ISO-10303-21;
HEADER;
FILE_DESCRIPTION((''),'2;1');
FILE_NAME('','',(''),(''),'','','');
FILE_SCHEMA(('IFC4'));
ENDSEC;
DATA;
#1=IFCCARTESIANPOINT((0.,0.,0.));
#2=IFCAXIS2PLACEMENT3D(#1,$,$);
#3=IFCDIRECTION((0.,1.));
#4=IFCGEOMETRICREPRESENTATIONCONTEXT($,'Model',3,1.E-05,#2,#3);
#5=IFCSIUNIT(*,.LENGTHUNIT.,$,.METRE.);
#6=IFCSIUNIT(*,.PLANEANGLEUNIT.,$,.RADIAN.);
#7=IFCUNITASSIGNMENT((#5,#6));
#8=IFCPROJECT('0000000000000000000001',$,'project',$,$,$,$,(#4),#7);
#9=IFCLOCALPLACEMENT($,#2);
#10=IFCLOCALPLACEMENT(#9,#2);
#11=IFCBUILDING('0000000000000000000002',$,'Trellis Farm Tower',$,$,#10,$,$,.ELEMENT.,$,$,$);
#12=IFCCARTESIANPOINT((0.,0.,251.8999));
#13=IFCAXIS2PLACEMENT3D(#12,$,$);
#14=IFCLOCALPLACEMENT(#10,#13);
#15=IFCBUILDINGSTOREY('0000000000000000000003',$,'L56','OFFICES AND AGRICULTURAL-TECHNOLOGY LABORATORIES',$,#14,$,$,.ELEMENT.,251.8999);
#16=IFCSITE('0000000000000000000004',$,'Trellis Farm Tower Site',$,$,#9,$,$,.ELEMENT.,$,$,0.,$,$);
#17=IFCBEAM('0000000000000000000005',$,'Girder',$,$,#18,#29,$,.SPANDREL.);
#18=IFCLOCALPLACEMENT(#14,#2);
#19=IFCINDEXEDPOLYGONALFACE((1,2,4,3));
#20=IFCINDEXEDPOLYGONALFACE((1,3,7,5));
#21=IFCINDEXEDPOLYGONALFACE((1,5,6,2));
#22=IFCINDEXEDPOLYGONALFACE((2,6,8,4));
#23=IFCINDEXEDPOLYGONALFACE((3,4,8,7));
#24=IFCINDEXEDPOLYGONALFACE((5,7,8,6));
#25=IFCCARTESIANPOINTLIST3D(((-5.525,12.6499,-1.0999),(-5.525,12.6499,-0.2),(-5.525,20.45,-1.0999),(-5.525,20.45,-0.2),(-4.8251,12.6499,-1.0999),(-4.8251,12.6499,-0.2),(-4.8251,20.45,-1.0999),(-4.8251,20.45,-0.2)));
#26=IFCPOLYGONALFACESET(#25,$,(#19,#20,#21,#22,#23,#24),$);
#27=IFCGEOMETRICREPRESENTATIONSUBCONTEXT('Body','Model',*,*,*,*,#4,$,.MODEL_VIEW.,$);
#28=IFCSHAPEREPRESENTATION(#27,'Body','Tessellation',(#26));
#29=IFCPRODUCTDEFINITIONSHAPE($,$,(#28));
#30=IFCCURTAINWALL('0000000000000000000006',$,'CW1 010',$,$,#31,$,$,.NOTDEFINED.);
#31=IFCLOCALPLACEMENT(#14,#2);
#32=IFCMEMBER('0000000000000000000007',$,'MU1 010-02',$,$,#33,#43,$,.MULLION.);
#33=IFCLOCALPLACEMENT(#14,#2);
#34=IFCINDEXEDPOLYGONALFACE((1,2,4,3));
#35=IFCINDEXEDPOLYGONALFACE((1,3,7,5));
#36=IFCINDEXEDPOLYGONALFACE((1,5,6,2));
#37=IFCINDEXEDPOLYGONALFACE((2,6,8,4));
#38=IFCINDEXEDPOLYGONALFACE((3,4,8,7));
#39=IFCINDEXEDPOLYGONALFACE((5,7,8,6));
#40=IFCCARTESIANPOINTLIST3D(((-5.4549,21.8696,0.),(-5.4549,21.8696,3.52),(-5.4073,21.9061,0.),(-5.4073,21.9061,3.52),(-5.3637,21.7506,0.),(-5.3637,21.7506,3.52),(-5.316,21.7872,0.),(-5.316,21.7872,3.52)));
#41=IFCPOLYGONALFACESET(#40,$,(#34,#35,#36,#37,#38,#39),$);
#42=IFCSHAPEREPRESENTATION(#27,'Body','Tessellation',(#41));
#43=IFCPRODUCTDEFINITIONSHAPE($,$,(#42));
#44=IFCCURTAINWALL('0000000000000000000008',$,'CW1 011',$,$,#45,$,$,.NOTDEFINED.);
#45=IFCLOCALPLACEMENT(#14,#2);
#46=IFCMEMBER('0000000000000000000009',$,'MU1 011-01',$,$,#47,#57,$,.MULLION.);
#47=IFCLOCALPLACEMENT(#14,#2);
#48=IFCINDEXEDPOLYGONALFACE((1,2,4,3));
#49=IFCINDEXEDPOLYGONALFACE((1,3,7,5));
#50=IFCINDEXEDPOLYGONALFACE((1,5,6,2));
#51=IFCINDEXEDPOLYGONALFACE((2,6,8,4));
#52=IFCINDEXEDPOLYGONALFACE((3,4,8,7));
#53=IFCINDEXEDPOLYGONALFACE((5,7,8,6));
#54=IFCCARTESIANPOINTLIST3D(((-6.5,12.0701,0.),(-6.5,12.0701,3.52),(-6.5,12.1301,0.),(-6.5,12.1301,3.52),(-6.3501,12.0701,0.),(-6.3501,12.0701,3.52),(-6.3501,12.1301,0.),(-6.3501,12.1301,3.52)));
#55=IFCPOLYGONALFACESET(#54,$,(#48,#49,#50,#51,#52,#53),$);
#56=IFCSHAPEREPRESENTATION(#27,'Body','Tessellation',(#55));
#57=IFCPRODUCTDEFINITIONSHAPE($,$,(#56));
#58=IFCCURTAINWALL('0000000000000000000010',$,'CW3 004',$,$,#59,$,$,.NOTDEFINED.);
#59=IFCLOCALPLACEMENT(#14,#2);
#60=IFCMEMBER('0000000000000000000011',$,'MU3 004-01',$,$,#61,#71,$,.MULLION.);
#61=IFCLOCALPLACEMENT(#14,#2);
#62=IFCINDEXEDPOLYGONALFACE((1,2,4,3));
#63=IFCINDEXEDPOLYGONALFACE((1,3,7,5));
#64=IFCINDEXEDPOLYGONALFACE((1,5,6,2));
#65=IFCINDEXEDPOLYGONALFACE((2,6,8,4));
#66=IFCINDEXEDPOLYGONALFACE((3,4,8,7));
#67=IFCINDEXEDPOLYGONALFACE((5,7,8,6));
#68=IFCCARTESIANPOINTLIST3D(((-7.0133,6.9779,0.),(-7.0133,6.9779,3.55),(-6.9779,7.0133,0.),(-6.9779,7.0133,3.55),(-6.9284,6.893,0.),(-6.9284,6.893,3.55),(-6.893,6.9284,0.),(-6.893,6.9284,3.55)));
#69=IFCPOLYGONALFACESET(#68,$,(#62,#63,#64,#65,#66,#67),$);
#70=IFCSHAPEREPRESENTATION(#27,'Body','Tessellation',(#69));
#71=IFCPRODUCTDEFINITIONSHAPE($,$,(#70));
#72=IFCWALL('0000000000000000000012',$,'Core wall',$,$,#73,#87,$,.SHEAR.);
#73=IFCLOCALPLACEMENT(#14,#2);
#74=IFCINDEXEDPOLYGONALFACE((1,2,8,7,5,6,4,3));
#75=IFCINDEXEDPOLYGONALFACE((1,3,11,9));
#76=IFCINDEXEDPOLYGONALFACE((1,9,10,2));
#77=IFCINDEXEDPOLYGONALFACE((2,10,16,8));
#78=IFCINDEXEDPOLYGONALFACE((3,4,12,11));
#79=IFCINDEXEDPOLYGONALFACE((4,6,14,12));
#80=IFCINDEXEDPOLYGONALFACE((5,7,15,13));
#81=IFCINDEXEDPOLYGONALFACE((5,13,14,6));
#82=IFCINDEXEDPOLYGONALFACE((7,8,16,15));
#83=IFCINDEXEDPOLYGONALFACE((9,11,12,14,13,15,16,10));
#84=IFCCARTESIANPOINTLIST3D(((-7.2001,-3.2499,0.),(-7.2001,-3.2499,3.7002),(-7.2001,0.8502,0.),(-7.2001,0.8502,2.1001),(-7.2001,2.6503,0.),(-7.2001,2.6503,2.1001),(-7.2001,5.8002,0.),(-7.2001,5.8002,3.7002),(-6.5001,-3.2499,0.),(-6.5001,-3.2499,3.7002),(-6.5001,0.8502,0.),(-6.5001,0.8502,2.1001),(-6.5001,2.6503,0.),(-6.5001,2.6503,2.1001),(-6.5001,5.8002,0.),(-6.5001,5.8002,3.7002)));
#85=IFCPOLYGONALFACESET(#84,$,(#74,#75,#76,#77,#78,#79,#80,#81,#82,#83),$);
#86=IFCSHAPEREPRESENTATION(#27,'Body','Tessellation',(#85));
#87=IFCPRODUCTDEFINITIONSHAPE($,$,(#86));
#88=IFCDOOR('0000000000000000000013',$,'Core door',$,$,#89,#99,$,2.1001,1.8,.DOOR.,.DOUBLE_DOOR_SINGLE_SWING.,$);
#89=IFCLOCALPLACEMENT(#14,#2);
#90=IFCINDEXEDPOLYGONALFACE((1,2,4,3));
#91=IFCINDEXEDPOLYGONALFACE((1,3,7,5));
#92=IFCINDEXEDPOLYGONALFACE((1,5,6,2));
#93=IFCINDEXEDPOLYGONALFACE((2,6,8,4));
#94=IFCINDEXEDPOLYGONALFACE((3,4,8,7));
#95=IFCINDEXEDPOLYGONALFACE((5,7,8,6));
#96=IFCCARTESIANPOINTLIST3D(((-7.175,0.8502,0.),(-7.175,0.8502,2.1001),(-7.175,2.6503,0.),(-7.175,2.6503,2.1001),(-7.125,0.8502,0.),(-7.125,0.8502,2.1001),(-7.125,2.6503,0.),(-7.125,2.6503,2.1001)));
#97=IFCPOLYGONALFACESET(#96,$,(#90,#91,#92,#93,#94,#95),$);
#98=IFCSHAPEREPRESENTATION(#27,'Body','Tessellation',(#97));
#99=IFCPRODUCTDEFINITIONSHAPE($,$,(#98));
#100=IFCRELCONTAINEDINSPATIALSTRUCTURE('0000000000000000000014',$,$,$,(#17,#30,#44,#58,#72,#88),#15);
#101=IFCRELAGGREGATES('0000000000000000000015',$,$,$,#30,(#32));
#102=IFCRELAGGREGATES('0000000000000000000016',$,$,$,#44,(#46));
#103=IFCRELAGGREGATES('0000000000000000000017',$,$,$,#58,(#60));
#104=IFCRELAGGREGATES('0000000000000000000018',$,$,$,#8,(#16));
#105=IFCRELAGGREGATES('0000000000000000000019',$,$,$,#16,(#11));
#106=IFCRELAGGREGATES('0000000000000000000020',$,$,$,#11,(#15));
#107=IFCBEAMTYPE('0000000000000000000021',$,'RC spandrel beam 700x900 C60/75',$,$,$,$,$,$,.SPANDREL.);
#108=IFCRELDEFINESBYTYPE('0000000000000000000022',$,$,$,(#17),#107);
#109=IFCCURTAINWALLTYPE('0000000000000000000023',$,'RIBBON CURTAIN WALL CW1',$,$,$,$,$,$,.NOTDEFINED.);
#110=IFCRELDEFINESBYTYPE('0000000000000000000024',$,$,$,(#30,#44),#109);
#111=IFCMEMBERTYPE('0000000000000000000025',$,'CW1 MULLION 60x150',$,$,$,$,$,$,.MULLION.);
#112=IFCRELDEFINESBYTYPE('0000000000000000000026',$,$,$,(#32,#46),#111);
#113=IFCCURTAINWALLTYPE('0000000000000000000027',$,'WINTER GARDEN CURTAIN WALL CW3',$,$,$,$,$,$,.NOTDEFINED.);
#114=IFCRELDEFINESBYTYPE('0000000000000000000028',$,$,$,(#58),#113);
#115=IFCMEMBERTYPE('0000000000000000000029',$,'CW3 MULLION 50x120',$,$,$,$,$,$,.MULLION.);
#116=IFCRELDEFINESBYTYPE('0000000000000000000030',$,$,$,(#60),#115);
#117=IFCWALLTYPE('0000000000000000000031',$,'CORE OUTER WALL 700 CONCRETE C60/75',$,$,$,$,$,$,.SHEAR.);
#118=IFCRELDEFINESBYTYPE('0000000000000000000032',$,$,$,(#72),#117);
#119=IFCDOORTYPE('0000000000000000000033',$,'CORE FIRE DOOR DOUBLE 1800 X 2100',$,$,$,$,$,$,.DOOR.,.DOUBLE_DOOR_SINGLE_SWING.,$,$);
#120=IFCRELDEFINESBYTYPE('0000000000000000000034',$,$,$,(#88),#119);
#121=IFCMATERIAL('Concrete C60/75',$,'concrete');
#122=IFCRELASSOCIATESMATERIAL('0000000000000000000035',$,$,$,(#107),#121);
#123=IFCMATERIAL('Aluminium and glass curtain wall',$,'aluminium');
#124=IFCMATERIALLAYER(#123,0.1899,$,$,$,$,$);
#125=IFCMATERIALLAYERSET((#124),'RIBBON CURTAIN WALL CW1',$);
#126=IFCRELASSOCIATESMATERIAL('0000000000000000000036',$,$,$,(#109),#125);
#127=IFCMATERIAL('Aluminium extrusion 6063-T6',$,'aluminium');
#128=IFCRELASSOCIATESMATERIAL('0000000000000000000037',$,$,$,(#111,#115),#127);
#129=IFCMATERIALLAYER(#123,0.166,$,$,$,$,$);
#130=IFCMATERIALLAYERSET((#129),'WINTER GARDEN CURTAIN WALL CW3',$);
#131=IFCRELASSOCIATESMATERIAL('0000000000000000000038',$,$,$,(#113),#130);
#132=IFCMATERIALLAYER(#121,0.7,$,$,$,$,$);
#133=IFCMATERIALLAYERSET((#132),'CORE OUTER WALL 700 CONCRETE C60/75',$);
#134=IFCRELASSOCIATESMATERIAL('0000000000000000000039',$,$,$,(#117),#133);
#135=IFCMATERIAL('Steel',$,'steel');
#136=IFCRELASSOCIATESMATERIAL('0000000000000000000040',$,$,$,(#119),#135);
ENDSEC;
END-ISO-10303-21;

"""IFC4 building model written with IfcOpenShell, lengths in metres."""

from ifc_helpers import new_model, si_unit, direction, frame, frame_2d, origin, origin_2d, place, context, subcontext, project, spatial, rectangle, extrude, source, transform, mapped, material, layer, layer_set, material_profile, profile_set, type_object, element, fill, aggregate, save


model = new_model("IFC4")

# Units and contexts
model_context = context("Model", 3, precision=1e-05, world=origin(), true_north=direction((0.0, 1.0)))
body_context = subcontext(model_context, "Body", "Model", "MODEL_VIEW")
ifc_project = project(units=[si_unit("LENGTHUNIT", "METRE"), si_unit("PLANEANGLEUNIT", "RADIAN")], contexts=[model_context])

# Site, building, storey
site_placement = place(None, origin())
site = spatial("IfcSite", under=ifc_project, at=site_placement, Name="Trellis Farm Tower Site", CompositionType="ELEMENT", RefElevation=0.0)
building_placement = place(site_placement, origin())
building = spatial("IfcBuilding", under=site, at=building_placement, Name="Trellis Farm Tower", CompositionType="ELEMENT")
storey_placement = place(building_placement, frame((0.0, 0.0, 251.8999)))
storey = spatial("IfcBuildingStorey", under=building, at=storey_placement, Name="L56", Description="OFFICES AND AGRICULTURAL-TECHNOLOGY LABORATORIES", CompositionType="ELEMENT", Elevation=251.8999)

# Shared definitions
ifc_material_1 = material(Name="Concrete C60/75", Category="concrete")

# Beam
ifc_material_profile_1 = material_profile(ifc_material_1, rectangle(XDim=0.7, YDim=0.8999, at=origin_2d()), Name="RC spandrel beam 700x900 C60/75")
ifc_profile_set_1 = profile_set([ifc_material_profile_1], Name="Concrete C60/75")
beam_type_1 = type_object("IfcBeamType", Name="RC spandrel beam 700x900 C60/75", PredefinedType="SPANDREL", material=ifc_profile_set_1)
shared_shape_1 = source(origin(), body_context, "Body", "SweptSolid", [
    extrude(rectangle(XDim=0.7, YDim=0.8999, at=origin_2d()), origin(), (0.0, 0.0, 1.0), 7.8),
])
beam_1_placement = place(storey_placement, frame((-5.175, 12.6499, -0.6499), z_axis=(0.0, 1.0, 0.0), x_axis=(-1.0, 0.0, 0.0)))
element("IfcBeam", 1, at=beam_1_placement, inside=storey, type_object=beam_type_1, Name="Girder", PredefinedType="SPANDREL", context=body_context, shape_type="MappedRepresentation", body=[
    mapped(shared_shape_1, transform((0.0, 0.0, 0.0))),
])

# Curtain walls, members
ifc_material_2 = material(Name="Aluminium and glass curtain wall", Category="aluminium")
ifc_layer_1 = layer(ifc_material_2, 0.1899)
ifc_layer_set_1 = layer_set([ifc_layer_1], Name="RIBBON CURTAIN WALL CW1")
curtain_wall_type_1 = type_object("IfcCurtainWallType", Name="RIBBON CURTAIN WALL CW1", PredefinedType="NOTDEFINED", material=ifc_layer_set_1)
placement = place(storey_placement, origin())
curtain_wall_1 = element("IfcCurtainWall", 2, at=placement, inside=storey, type_object=curtain_wall_type_1, Name="CW1 010", PredefinedType="NOTDEFINED")
ifc_material_3 = material(Name="Aluminium extrusion 6063-T6", Category="aluminium")
ifc_material_profile_2 = material_profile(ifc_material_3, rectangle(XDim=0.0601, YDim=0.1499, at=origin_2d()), Name="MULLION 60x150")
ifc_profile_set_2 = profile_set([ifc_material_profile_2], Name="Aluminium extrusion 6063-T6")
member_type_1 = type_object("IfcMemberType", Name="CW1 MULLION 60x150", PredefinedType="MULLION", material=ifc_profile_set_2)
shared_shape_2 = source(origin(), body_context, "Body", "SweptSolid", [
    extrude(rectangle(XDim=0.0601, YDim=0.1499, at=origin_2d()), origin(), (0.0, 0.0, 1.0), 3.52),
])
member_1_placement = place(storey_placement, frame((-5.3855, 21.8284, 0.0), z_axis=(0.0, 0.0, 1.0), x_axis=(-0.793353, -0.608761, 0.0)))
member_1 = element("IfcMember", 3, at=member_1_placement, type_object=member_type_1, Name="MU1 010-02", PredefinedType="MULLION", context=body_context, shape_type="MappedRepresentation", body=[
    mapped(shared_shape_2, transform((0.0, 0.0, 0.0))),
])
aggregate(curtain_wall_1, [member_1])
curtain_wall_2 = element("IfcCurtainWall", 4, at=placement, inside=storey, type_object=curtain_wall_type_1, Name="CW1 011", PredefinedType="NOTDEFINED")
member_2_placement = place(storey_placement, frame((-6.425, 12.1001, 0.0), z_axis=(0.0, 0.0, 1.0), x_axis=(0.0, -1.0, 0.0)))
member_2 = element("IfcMember", 5, at=member_2_placement, type_object=member_type_1, Name="MU1 011-01", PredefinedType="MULLION", context=body_context, shape_type="MappedRepresentation", body=[
    mapped(shared_shape_2, transform((0.0, 0.0, 0.0))),
])
aggregate(curtain_wall_2, [member_2])
ifc_layer_2 = layer(ifc_material_2, 0.166)
ifc_layer_set_2 = layer_set([ifc_layer_2], Name="WINTER GARDEN CURTAIN WALL CW3")
curtain_wall_type_2 = type_object("IfcCurtainWallType", Name="WINTER GARDEN CURTAIN WALL CW3", PredefinedType="NOTDEFINED", material=ifc_layer_set_2)
curtain_wall_3 = element("IfcCurtainWall", 6, at=placement, inside=storey, type_object=curtain_wall_type_2, Name="CW3 004", PredefinedType="NOTDEFINED")
ifc_material_profile_3 = material_profile(ifc_material_3, rectangle(XDim=0.05, YDim=0.1201, at=origin_2d()), Name="MULLION 50x120")
ifc_profile_set_3 = profile_set([ifc_material_profile_3], Name="Aluminium extrusion 6063-T6")
member_type_2 = type_object("IfcMemberType", Name="CW3 MULLION 50x120", PredefinedType="MULLION", material=ifc_profile_set_3)
shared_shape_3 = source(origin(), body_context, "Body", "SweptSolid", [
    extrude(rectangle(XDim=0.05, YDim=0.1201, at=origin_2d()), origin(), (0.0, 0.0, 1.0), 3.55),
])
member_3_placement = place(storey_placement, frame((-6.9531, 6.9531, 0.0), z_axis=(0.0, 0.0, 1.0), x_axis=(-0.707107, -0.707107, 0.0)))
member_3 = element("IfcMember", 7, at=member_3_placement, type_object=member_type_2, Name="MU3 004-01", PredefinedType="MULLION", context=body_context, shape_type="MappedRepresentation", body=[
    mapped(shared_shape_3, transform((0.0, 0.0, 0.0))),
])
aggregate(curtain_wall_3, [member_3])

# Wall, opening, door
ifc_layer_3 = layer(ifc_material_1, 0.7)
ifc_layer_set_3 = layer_set([ifc_layer_3], Name="CORE OUTER WALL 700 CONCRETE C60/75")
wall_type_1 = type_object("IfcWallType", Name="CORE OUTER WALL 700 CONCRETE C60/75", PredefinedType="SHEAR", material=ifc_layer_set_3)
shared_shape_4 = source(origin(), body_context, "Body", "SweptSolid", [
    extrude(rectangle(XDim=9.05, YDim=0.7, at=frame_2d((4.5249, 0.0))), origin(), (0.0, 0.0, 1.0), 3.7002),
])
wall_1_placement = place(storey_placement, frame((-6.8501, 5.8, 0.0), z_axis=(0.0, 0.0, 1.0), x_axis=(0.0, -1.0, 0.0)))
wall_1 = element("IfcWall", 8, at=wall_1_placement, inside=storey, type_object=wall_type_1, Name="Core wall", PredefinedType="SHEAR", context=body_context, shape_type="MappedRepresentation", body=[
    mapped(shared_shape_4, transform((0.0, 0.0, 0.0))),
])
shared_shape_5 = source(origin(), body_context, "Body", "SweptSolid", [
    extrude(rectangle(XDim=1.8, YDim=2.1001, at=frame_2d((0.8999, 1.05))), frame((0.0, 0.3601, 0.0), z_axis=(0.0, -1.0, 0.0), x_axis=(1.0, 0.0, 0.0)), (0.0, 0.0, 1.0), 0.7202),
])
opening_1_placement = place(wall_1_placement, frame((3.1499, 0.0, 0.0)))
opening_1 = element("IfcOpeningElement", 9, at=opening_1_placement, cuts=wall_1, PredefinedType="OPENING", context=body_context, shape_type="MappedRepresentation", body=[
    mapped(shared_shape_5, transform((0.0, 0.0, 0.0))),
])
ifc_material_4 = material(Name="Steel", Category="steel")
door_type_1 = type_object("IfcDoorType", Name="CORE FIRE DOOR DOUBLE 1800 X 2100", OperationType="DOUBLE_DOOR_SINGLE_SWING", PredefinedType="DOOR", material=ifc_material_4)
shared_shape_6 = source(origin(), body_context, "Body", "SweptSolid", [
    extrude(rectangle(XDim=1.8, YDim=2.1001, at=frame_2d((0.8999, 1.05))), frame((0.0, -0.2749, 0.0), z_axis=(0.0, -1.0, 0.0), x_axis=(1.0, 0.0, 0.0)), (0.0, 0.0, 1.0), 0.05),
])
door_1_placement = place(opening_1_placement, origin())
door_1 = element("IfcDoor", 10, at=door_1_placement, inside=storey, type_object=door_type_1, Name="Core door", OperationType="DOUBLE_DOOR_SINGLE_SWING", OverallHeight=2.1001, OverallWidth=1.8, PredefinedType="DOOR", context=body_context, shape_type="MappedRepresentation", body=[
    mapped(shared_shape_6, transform((0.0, 0.0, 0.0))),
])
fill(opening_1, door_1)

save(model, "model.ifc")
